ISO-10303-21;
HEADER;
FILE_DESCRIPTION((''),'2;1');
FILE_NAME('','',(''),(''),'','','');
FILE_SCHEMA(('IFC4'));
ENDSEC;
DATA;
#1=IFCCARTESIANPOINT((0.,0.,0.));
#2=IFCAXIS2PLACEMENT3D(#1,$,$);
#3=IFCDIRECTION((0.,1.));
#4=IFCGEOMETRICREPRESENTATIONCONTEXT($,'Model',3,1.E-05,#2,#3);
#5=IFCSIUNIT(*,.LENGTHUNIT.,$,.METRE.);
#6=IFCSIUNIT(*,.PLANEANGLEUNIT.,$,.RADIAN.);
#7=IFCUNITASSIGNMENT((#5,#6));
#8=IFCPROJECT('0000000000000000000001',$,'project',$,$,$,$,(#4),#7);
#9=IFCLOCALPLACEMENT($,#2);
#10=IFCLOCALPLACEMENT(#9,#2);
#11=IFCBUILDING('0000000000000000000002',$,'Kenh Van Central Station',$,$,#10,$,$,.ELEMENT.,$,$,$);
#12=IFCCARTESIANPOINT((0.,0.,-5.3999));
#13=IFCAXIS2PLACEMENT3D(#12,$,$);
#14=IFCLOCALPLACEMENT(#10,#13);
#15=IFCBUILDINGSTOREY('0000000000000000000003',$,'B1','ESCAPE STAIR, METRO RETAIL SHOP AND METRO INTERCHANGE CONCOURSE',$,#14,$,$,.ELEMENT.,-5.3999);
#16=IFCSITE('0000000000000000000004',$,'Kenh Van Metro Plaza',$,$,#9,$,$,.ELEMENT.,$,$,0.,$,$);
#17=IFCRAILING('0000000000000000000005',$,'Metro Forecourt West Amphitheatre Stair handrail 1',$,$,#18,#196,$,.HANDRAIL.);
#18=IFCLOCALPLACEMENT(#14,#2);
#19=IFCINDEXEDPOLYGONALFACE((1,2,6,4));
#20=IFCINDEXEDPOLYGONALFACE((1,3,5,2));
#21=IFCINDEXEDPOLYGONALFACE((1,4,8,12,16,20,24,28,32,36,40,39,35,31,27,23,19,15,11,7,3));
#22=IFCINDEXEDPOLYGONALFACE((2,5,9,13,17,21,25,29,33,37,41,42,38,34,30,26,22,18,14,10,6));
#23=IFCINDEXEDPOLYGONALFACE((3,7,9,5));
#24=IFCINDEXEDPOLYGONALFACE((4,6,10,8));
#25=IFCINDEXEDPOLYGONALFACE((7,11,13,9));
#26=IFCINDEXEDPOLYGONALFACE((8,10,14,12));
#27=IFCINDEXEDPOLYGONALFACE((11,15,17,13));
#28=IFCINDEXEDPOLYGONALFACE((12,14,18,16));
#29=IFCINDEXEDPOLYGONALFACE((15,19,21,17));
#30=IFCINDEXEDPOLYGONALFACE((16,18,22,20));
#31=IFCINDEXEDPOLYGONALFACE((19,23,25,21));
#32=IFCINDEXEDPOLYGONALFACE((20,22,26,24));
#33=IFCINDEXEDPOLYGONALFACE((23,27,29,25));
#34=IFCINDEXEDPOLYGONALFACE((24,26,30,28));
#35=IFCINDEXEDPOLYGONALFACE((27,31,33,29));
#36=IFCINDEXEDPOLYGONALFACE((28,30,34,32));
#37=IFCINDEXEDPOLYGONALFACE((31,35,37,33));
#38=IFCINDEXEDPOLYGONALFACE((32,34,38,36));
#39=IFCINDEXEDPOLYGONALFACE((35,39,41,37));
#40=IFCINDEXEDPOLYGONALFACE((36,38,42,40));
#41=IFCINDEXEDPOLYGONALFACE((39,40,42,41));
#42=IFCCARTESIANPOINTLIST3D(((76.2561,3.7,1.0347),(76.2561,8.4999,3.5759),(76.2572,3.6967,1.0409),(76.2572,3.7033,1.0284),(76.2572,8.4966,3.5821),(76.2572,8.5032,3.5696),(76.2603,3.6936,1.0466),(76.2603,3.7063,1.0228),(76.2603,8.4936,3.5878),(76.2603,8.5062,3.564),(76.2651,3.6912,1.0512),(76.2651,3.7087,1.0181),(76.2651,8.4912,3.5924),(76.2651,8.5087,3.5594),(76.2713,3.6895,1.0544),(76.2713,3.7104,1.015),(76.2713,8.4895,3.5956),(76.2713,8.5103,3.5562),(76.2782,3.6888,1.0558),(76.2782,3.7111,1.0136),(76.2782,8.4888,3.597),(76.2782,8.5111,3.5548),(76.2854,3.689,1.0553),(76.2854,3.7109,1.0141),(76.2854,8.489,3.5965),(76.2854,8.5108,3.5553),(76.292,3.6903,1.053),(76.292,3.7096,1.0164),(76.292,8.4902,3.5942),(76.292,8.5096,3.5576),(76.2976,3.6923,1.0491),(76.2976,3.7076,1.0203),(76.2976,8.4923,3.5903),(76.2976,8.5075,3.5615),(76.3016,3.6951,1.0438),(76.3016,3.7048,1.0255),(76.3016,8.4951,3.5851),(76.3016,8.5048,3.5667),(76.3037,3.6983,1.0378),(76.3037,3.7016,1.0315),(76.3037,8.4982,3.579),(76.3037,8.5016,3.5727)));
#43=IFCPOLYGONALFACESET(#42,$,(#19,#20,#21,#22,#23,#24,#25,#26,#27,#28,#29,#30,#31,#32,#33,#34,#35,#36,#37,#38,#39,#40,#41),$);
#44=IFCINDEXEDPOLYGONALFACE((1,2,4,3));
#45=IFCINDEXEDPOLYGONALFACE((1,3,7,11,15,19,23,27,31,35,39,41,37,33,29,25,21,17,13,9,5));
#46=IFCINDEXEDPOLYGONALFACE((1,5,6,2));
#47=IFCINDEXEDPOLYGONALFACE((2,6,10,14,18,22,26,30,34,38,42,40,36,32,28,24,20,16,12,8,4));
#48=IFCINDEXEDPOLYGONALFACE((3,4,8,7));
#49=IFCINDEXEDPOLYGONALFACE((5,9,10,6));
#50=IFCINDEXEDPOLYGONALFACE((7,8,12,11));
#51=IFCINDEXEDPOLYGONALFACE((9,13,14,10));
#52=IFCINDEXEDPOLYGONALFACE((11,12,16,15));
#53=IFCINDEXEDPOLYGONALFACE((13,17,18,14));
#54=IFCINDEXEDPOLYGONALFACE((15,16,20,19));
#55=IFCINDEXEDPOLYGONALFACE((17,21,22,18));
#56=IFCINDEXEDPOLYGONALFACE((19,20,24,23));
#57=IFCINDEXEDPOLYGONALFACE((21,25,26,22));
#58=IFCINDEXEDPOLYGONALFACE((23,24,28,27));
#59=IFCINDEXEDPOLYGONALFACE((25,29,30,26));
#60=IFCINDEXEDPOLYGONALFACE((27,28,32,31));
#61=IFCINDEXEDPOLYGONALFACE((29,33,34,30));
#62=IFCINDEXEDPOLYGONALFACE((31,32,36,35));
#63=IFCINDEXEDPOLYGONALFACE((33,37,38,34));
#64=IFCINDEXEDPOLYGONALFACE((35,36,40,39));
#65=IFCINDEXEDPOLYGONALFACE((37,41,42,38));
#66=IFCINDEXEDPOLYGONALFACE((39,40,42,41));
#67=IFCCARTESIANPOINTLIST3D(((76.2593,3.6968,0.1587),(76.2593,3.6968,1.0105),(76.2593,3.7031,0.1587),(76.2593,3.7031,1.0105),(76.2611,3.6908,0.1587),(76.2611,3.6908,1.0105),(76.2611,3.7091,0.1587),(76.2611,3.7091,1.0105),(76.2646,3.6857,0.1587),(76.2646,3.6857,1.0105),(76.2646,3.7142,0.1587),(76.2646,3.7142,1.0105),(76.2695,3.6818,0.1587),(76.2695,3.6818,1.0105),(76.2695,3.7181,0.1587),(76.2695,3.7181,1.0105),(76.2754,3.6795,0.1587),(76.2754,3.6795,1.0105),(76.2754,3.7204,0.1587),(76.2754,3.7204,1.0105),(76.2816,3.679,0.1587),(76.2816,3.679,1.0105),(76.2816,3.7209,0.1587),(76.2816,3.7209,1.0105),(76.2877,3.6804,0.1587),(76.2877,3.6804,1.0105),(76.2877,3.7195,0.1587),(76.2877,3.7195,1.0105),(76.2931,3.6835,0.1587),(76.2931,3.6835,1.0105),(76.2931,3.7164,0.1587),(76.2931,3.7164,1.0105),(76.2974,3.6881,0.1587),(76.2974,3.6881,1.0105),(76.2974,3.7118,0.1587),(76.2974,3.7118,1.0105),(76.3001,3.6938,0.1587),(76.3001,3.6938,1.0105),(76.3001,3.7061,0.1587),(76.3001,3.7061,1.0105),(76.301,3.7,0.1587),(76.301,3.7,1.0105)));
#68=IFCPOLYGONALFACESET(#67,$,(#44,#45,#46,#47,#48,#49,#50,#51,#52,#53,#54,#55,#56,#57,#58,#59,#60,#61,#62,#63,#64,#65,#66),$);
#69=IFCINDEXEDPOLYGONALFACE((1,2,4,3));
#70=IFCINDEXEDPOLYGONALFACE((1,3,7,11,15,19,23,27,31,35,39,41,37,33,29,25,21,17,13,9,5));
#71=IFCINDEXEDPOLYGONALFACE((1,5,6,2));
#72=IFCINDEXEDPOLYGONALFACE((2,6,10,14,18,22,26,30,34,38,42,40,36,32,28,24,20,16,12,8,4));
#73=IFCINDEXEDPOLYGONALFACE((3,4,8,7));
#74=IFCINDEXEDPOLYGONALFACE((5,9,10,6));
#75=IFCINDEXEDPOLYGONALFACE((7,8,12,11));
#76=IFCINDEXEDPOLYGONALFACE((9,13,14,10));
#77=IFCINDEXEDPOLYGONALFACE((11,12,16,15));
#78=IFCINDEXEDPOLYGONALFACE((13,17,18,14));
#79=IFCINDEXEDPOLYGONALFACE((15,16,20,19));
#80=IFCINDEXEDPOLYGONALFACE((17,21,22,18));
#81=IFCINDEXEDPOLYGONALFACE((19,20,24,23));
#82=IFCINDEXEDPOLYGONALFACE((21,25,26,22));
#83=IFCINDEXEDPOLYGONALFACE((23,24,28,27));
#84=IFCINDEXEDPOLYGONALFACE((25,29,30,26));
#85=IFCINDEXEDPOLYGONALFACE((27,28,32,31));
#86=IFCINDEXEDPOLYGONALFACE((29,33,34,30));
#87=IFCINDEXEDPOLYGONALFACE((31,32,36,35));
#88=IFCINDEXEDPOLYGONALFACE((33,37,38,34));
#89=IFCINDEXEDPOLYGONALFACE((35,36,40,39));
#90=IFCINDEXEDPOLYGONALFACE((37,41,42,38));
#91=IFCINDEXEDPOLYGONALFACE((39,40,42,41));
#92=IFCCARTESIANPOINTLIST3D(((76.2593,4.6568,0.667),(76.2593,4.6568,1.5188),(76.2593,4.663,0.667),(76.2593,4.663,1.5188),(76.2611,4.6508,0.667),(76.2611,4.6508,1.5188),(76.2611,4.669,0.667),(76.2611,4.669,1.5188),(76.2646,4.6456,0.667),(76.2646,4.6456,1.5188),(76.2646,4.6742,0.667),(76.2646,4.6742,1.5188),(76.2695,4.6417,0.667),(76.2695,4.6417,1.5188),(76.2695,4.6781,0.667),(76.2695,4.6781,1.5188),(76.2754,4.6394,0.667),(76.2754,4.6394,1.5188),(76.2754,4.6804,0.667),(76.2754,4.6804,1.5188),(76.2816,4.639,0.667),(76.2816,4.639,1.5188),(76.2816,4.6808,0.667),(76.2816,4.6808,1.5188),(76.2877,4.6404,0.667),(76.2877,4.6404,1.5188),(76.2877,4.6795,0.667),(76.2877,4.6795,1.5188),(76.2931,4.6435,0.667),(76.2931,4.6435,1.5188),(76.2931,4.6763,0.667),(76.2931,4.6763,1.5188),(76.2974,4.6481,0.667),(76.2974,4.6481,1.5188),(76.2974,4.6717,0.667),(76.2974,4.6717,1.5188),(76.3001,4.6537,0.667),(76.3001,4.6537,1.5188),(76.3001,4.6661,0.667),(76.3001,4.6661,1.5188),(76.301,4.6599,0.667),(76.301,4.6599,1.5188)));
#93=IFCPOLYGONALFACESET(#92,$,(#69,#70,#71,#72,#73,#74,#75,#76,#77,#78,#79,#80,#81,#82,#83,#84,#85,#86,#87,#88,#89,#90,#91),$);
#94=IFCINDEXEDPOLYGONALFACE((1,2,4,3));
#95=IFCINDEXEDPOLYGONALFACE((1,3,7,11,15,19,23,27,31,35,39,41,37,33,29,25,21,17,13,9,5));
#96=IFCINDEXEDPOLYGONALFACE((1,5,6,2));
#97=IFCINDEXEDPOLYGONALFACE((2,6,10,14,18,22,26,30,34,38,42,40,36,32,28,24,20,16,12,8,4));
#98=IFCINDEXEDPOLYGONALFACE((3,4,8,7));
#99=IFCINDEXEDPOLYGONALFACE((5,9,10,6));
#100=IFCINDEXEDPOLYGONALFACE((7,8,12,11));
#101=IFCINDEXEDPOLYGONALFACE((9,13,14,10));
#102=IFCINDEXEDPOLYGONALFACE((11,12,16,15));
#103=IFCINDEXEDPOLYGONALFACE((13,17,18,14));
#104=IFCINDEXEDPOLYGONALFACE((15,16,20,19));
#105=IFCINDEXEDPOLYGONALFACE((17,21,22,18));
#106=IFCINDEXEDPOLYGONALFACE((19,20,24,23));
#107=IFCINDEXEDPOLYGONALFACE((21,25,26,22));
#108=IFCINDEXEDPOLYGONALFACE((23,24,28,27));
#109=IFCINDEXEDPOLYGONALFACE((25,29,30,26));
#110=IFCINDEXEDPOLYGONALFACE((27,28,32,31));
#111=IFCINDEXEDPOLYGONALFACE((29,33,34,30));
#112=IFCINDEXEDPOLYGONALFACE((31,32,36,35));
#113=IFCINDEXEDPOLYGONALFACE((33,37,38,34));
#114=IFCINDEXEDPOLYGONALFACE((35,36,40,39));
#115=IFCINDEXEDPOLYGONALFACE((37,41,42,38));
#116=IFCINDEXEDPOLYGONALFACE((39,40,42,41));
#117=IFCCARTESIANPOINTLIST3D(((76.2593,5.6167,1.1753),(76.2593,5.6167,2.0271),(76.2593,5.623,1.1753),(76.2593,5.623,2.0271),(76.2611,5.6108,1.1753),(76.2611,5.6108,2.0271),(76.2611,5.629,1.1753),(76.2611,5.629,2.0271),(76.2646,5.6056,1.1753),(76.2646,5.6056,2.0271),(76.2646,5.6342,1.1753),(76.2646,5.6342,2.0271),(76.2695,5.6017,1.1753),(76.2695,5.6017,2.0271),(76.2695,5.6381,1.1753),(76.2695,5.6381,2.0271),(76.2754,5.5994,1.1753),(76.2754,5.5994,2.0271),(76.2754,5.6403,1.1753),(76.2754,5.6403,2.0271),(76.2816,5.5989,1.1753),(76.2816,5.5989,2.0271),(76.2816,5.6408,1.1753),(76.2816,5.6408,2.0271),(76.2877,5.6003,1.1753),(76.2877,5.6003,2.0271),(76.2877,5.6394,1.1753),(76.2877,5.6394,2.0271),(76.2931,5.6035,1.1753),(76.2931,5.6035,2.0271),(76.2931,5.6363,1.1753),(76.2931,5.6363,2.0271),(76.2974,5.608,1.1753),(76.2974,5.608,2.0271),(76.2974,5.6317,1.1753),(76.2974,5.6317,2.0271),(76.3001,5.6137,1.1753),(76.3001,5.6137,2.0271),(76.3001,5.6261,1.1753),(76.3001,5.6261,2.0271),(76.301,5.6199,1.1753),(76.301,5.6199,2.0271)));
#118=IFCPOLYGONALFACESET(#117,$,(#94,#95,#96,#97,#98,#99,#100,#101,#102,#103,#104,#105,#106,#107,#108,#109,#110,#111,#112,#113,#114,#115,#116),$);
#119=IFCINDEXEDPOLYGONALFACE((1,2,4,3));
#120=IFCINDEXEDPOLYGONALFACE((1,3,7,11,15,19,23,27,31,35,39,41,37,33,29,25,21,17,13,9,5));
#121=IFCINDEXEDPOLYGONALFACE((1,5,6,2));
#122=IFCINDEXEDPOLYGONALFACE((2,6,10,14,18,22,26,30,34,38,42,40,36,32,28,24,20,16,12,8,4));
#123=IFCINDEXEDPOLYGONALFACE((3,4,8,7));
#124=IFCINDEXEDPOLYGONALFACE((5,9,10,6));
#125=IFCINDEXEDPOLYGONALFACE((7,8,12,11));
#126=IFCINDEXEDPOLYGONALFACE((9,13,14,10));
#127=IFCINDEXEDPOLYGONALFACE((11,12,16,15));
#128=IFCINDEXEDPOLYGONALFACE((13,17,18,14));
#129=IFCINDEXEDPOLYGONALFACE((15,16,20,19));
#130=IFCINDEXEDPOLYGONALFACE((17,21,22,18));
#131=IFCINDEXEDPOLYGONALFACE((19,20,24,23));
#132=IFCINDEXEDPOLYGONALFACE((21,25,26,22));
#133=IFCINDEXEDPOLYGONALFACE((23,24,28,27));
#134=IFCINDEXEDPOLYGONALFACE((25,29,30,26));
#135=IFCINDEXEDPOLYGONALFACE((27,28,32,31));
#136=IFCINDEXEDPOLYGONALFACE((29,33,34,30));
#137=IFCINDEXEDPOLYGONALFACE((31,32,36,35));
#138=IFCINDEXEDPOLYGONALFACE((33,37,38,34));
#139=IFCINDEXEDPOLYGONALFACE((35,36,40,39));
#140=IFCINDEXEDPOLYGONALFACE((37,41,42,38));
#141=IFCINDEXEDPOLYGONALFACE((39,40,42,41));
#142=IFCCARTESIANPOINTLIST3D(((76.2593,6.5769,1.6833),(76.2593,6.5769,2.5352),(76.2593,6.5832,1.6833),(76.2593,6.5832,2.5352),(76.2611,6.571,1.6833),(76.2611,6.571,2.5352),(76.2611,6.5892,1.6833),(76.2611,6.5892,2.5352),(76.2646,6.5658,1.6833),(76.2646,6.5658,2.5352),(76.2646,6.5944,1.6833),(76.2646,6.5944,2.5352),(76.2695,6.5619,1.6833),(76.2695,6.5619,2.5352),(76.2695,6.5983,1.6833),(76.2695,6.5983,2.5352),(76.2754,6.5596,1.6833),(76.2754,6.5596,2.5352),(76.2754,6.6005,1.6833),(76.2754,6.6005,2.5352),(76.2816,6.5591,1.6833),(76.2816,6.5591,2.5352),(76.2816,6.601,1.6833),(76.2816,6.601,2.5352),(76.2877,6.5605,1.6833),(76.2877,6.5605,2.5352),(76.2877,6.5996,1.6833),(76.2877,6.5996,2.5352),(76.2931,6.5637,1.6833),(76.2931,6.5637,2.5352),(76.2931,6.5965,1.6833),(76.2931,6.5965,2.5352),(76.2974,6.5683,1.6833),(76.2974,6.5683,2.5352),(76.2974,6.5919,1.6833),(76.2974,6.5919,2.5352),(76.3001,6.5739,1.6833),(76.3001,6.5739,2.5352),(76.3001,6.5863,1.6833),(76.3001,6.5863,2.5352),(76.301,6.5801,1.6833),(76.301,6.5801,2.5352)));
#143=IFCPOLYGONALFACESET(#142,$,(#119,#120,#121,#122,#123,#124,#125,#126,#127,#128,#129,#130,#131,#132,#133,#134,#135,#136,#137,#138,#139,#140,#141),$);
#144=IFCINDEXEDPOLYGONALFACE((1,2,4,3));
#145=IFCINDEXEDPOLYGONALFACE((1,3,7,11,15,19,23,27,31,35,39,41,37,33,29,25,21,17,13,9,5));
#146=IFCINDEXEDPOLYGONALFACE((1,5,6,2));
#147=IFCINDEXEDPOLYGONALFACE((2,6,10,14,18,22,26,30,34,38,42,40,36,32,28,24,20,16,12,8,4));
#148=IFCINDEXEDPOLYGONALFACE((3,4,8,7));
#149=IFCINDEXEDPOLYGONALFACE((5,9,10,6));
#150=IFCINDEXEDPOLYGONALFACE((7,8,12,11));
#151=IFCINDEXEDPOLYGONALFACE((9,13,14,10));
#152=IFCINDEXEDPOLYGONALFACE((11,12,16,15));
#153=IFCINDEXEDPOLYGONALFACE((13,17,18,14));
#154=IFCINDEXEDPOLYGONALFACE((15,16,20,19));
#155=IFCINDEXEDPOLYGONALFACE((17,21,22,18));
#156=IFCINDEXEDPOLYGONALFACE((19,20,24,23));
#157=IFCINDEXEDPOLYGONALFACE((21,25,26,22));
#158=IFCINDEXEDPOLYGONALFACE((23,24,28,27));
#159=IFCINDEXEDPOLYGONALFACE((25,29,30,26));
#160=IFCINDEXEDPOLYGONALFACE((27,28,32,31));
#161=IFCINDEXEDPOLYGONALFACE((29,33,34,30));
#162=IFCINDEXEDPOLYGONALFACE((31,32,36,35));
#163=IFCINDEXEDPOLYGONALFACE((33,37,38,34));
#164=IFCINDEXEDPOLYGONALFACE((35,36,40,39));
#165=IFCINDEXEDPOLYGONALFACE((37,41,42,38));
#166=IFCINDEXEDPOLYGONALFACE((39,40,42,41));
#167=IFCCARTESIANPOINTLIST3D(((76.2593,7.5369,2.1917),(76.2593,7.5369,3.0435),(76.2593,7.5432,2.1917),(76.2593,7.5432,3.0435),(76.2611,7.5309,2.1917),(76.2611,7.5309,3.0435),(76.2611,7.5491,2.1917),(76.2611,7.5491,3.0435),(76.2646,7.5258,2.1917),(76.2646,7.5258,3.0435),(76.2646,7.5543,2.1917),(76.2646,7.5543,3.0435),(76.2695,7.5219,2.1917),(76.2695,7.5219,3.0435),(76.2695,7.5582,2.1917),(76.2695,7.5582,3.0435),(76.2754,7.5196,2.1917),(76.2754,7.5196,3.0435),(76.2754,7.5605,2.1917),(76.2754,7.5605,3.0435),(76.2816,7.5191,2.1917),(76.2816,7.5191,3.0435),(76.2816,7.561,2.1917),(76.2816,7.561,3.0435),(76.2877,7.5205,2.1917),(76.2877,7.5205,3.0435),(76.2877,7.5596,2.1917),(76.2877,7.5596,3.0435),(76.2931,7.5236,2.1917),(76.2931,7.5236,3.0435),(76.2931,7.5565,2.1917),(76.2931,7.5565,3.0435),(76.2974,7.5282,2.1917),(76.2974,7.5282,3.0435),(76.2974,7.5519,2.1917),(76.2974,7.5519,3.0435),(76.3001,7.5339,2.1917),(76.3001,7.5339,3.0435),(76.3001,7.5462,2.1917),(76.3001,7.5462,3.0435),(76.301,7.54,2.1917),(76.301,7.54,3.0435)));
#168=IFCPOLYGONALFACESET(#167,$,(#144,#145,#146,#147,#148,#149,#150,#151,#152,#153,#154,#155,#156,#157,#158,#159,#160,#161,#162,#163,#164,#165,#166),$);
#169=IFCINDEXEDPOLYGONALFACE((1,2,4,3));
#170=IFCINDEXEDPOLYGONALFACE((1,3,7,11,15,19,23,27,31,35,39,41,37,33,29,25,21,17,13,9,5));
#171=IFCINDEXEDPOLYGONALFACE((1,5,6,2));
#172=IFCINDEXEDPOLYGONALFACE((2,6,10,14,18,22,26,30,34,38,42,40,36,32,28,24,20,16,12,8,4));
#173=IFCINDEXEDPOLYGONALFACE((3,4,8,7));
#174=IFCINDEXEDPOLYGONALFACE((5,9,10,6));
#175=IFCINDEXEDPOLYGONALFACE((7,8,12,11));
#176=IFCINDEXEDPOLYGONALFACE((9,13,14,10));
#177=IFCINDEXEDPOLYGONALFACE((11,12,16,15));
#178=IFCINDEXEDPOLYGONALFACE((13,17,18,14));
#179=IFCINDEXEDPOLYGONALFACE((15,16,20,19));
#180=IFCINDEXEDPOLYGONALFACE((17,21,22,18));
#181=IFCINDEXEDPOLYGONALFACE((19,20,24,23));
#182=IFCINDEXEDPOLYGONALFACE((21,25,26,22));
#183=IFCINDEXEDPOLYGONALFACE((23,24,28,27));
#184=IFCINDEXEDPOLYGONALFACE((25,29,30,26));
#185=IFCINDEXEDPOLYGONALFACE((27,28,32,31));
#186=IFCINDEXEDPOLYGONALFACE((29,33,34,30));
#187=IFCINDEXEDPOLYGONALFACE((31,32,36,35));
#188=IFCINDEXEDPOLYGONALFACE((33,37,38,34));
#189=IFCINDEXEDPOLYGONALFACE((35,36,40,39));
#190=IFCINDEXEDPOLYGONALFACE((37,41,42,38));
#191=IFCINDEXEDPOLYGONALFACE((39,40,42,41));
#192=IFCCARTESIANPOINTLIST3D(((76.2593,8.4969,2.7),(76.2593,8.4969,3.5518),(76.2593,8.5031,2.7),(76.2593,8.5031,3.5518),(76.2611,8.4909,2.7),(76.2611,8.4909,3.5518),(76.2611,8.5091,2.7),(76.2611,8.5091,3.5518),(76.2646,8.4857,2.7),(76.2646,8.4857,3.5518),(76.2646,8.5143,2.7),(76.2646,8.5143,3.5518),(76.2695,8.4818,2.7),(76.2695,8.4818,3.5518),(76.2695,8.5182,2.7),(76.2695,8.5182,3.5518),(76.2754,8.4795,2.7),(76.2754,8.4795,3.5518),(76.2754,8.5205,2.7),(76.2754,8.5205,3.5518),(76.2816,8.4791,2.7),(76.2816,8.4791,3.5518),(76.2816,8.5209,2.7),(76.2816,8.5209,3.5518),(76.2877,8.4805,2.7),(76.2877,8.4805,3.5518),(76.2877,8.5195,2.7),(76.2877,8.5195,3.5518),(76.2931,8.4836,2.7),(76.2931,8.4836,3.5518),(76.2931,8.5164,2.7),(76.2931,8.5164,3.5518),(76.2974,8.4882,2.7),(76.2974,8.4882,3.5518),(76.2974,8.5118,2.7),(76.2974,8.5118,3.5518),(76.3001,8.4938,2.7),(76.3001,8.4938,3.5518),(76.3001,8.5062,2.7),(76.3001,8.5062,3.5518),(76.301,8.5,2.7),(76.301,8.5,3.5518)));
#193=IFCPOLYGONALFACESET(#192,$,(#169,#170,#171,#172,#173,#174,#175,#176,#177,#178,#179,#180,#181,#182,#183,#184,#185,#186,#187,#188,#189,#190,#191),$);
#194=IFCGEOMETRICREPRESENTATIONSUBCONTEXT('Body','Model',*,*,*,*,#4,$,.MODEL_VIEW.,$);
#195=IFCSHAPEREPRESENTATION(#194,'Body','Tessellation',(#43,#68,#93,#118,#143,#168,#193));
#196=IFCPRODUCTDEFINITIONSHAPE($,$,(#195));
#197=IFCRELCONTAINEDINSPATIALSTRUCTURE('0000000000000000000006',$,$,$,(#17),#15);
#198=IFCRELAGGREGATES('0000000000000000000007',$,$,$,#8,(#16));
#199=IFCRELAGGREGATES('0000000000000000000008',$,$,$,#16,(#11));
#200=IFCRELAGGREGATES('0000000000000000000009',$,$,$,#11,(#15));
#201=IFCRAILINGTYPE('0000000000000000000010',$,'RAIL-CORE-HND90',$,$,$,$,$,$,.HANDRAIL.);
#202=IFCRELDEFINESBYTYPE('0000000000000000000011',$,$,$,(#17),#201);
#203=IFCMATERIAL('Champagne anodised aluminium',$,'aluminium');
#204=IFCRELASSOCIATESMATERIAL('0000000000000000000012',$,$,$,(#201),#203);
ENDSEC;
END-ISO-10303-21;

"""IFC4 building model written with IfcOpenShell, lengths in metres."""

from ifc_helpers import new_model, si_unit, direction, frame, origin, origin_2d, place, context, subcontext, project, spatial, circle, extrude, material, type_object, element, save


model = new_model("IFC4")

# Units and contexts
model_context = context("Model", 3, precision=1e-05, world=origin(), true_north=direction((0.0, 1.0)))
body_context = subcontext(model_context, "Body", "Model", "MODEL_VIEW")
ifc_project = project(units=[si_unit("LENGTHUNIT", "METRE"), si_unit("PLANEANGLEUNIT", "RADIAN")], contexts=[model_context])

# Site, building, storey
site_placement = place(None, origin())
site = spatial("IfcSite", under=ifc_project, at=site_placement, Name="Kenh Van Metro Plaza", CompositionType="ELEMENT", RefElevation=0.0)
building_placement = place(site_placement, origin())
building = spatial("IfcBuilding", under=site, at=building_placement, Name="Kenh Van Central Station", CompositionType="ELEMENT")
storey_placement = place(building_placement, frame((0.0, 0.0, -5.3999)))
storey = spatial("IfcBuildingStorey", under=building, at=storey_placement, Name="B1", Description="ESCAPE STAIR, METRO RETAIL SHOP AND METRO INTERCHANGE CONCOURSE", CompositionType="ELEMENT", Elevation=-5.3999)

# Railing
ifc_material_1 = material(Name="Champagne anodised aluminium", Category="aluminium")
railing_type_1 = type_object("IfcRailingType", Name="RAIL-CORE-HND90", PredefinedType="HANDRAIL", material=ifc_material_1)
for number, where, name in (
    (1, (76.28, 3.7, 0.1587), "Metro Forecourt West Amphitheatre Stair handrail 1"),
):
    element("IfcRailing", number, at=place(storey_placement, frame(where)), inside=storey, type_object=railing_type_1, Name=name, PredefinedType="HANDRAIL", context=body_context, shape_type="SweptSolid", body=[
        extrude(circle(Radius=0.0239, at=origin_2d()), frame((0.0, 0.0, 0.876), z_axis=(0.0, 0.883784, 0.467896), x_axis=(-1.0, 0.0, 0.0)), (0.0, 0.0, 1.0), 5.4312),
        extrude(circle(Radius=0.021, at=origin_2d()), origin(), (0.0, 0.0, 1.0), 0.8518),
        extrude(circle(Radius=0.021, at=origin_2d()), frame((0.0, 0.96, 0.5083)), (0.0, 0.0, 1.0), 0.8518),
        extrude(circle(Radius=0.021, at=origin_2d()), frame((0.0, 1.9199, 1.0166)), (0.0, 0.0, 1.0), 0.8518),
        extrude(circle(Radius=0.021, at=origin_2d()), frame((0.0, 2.8801, 1.5247)), (0.0, 0.0, 1.0), 0.8518),
        extrude(circle(Radius=0.021, at=origin_2d()), frame((0.0, 3.8401, 2.033)), (0.0, 0.0, 1.0), 0.8518),
        extrude(circle(Radius=0.021, at=origin_2d()), frame((0.0, 4.8, 2.5413)), (0.0, 0.0, 1.0), 0.8518),
    ])

save(model, "model.ifc")
